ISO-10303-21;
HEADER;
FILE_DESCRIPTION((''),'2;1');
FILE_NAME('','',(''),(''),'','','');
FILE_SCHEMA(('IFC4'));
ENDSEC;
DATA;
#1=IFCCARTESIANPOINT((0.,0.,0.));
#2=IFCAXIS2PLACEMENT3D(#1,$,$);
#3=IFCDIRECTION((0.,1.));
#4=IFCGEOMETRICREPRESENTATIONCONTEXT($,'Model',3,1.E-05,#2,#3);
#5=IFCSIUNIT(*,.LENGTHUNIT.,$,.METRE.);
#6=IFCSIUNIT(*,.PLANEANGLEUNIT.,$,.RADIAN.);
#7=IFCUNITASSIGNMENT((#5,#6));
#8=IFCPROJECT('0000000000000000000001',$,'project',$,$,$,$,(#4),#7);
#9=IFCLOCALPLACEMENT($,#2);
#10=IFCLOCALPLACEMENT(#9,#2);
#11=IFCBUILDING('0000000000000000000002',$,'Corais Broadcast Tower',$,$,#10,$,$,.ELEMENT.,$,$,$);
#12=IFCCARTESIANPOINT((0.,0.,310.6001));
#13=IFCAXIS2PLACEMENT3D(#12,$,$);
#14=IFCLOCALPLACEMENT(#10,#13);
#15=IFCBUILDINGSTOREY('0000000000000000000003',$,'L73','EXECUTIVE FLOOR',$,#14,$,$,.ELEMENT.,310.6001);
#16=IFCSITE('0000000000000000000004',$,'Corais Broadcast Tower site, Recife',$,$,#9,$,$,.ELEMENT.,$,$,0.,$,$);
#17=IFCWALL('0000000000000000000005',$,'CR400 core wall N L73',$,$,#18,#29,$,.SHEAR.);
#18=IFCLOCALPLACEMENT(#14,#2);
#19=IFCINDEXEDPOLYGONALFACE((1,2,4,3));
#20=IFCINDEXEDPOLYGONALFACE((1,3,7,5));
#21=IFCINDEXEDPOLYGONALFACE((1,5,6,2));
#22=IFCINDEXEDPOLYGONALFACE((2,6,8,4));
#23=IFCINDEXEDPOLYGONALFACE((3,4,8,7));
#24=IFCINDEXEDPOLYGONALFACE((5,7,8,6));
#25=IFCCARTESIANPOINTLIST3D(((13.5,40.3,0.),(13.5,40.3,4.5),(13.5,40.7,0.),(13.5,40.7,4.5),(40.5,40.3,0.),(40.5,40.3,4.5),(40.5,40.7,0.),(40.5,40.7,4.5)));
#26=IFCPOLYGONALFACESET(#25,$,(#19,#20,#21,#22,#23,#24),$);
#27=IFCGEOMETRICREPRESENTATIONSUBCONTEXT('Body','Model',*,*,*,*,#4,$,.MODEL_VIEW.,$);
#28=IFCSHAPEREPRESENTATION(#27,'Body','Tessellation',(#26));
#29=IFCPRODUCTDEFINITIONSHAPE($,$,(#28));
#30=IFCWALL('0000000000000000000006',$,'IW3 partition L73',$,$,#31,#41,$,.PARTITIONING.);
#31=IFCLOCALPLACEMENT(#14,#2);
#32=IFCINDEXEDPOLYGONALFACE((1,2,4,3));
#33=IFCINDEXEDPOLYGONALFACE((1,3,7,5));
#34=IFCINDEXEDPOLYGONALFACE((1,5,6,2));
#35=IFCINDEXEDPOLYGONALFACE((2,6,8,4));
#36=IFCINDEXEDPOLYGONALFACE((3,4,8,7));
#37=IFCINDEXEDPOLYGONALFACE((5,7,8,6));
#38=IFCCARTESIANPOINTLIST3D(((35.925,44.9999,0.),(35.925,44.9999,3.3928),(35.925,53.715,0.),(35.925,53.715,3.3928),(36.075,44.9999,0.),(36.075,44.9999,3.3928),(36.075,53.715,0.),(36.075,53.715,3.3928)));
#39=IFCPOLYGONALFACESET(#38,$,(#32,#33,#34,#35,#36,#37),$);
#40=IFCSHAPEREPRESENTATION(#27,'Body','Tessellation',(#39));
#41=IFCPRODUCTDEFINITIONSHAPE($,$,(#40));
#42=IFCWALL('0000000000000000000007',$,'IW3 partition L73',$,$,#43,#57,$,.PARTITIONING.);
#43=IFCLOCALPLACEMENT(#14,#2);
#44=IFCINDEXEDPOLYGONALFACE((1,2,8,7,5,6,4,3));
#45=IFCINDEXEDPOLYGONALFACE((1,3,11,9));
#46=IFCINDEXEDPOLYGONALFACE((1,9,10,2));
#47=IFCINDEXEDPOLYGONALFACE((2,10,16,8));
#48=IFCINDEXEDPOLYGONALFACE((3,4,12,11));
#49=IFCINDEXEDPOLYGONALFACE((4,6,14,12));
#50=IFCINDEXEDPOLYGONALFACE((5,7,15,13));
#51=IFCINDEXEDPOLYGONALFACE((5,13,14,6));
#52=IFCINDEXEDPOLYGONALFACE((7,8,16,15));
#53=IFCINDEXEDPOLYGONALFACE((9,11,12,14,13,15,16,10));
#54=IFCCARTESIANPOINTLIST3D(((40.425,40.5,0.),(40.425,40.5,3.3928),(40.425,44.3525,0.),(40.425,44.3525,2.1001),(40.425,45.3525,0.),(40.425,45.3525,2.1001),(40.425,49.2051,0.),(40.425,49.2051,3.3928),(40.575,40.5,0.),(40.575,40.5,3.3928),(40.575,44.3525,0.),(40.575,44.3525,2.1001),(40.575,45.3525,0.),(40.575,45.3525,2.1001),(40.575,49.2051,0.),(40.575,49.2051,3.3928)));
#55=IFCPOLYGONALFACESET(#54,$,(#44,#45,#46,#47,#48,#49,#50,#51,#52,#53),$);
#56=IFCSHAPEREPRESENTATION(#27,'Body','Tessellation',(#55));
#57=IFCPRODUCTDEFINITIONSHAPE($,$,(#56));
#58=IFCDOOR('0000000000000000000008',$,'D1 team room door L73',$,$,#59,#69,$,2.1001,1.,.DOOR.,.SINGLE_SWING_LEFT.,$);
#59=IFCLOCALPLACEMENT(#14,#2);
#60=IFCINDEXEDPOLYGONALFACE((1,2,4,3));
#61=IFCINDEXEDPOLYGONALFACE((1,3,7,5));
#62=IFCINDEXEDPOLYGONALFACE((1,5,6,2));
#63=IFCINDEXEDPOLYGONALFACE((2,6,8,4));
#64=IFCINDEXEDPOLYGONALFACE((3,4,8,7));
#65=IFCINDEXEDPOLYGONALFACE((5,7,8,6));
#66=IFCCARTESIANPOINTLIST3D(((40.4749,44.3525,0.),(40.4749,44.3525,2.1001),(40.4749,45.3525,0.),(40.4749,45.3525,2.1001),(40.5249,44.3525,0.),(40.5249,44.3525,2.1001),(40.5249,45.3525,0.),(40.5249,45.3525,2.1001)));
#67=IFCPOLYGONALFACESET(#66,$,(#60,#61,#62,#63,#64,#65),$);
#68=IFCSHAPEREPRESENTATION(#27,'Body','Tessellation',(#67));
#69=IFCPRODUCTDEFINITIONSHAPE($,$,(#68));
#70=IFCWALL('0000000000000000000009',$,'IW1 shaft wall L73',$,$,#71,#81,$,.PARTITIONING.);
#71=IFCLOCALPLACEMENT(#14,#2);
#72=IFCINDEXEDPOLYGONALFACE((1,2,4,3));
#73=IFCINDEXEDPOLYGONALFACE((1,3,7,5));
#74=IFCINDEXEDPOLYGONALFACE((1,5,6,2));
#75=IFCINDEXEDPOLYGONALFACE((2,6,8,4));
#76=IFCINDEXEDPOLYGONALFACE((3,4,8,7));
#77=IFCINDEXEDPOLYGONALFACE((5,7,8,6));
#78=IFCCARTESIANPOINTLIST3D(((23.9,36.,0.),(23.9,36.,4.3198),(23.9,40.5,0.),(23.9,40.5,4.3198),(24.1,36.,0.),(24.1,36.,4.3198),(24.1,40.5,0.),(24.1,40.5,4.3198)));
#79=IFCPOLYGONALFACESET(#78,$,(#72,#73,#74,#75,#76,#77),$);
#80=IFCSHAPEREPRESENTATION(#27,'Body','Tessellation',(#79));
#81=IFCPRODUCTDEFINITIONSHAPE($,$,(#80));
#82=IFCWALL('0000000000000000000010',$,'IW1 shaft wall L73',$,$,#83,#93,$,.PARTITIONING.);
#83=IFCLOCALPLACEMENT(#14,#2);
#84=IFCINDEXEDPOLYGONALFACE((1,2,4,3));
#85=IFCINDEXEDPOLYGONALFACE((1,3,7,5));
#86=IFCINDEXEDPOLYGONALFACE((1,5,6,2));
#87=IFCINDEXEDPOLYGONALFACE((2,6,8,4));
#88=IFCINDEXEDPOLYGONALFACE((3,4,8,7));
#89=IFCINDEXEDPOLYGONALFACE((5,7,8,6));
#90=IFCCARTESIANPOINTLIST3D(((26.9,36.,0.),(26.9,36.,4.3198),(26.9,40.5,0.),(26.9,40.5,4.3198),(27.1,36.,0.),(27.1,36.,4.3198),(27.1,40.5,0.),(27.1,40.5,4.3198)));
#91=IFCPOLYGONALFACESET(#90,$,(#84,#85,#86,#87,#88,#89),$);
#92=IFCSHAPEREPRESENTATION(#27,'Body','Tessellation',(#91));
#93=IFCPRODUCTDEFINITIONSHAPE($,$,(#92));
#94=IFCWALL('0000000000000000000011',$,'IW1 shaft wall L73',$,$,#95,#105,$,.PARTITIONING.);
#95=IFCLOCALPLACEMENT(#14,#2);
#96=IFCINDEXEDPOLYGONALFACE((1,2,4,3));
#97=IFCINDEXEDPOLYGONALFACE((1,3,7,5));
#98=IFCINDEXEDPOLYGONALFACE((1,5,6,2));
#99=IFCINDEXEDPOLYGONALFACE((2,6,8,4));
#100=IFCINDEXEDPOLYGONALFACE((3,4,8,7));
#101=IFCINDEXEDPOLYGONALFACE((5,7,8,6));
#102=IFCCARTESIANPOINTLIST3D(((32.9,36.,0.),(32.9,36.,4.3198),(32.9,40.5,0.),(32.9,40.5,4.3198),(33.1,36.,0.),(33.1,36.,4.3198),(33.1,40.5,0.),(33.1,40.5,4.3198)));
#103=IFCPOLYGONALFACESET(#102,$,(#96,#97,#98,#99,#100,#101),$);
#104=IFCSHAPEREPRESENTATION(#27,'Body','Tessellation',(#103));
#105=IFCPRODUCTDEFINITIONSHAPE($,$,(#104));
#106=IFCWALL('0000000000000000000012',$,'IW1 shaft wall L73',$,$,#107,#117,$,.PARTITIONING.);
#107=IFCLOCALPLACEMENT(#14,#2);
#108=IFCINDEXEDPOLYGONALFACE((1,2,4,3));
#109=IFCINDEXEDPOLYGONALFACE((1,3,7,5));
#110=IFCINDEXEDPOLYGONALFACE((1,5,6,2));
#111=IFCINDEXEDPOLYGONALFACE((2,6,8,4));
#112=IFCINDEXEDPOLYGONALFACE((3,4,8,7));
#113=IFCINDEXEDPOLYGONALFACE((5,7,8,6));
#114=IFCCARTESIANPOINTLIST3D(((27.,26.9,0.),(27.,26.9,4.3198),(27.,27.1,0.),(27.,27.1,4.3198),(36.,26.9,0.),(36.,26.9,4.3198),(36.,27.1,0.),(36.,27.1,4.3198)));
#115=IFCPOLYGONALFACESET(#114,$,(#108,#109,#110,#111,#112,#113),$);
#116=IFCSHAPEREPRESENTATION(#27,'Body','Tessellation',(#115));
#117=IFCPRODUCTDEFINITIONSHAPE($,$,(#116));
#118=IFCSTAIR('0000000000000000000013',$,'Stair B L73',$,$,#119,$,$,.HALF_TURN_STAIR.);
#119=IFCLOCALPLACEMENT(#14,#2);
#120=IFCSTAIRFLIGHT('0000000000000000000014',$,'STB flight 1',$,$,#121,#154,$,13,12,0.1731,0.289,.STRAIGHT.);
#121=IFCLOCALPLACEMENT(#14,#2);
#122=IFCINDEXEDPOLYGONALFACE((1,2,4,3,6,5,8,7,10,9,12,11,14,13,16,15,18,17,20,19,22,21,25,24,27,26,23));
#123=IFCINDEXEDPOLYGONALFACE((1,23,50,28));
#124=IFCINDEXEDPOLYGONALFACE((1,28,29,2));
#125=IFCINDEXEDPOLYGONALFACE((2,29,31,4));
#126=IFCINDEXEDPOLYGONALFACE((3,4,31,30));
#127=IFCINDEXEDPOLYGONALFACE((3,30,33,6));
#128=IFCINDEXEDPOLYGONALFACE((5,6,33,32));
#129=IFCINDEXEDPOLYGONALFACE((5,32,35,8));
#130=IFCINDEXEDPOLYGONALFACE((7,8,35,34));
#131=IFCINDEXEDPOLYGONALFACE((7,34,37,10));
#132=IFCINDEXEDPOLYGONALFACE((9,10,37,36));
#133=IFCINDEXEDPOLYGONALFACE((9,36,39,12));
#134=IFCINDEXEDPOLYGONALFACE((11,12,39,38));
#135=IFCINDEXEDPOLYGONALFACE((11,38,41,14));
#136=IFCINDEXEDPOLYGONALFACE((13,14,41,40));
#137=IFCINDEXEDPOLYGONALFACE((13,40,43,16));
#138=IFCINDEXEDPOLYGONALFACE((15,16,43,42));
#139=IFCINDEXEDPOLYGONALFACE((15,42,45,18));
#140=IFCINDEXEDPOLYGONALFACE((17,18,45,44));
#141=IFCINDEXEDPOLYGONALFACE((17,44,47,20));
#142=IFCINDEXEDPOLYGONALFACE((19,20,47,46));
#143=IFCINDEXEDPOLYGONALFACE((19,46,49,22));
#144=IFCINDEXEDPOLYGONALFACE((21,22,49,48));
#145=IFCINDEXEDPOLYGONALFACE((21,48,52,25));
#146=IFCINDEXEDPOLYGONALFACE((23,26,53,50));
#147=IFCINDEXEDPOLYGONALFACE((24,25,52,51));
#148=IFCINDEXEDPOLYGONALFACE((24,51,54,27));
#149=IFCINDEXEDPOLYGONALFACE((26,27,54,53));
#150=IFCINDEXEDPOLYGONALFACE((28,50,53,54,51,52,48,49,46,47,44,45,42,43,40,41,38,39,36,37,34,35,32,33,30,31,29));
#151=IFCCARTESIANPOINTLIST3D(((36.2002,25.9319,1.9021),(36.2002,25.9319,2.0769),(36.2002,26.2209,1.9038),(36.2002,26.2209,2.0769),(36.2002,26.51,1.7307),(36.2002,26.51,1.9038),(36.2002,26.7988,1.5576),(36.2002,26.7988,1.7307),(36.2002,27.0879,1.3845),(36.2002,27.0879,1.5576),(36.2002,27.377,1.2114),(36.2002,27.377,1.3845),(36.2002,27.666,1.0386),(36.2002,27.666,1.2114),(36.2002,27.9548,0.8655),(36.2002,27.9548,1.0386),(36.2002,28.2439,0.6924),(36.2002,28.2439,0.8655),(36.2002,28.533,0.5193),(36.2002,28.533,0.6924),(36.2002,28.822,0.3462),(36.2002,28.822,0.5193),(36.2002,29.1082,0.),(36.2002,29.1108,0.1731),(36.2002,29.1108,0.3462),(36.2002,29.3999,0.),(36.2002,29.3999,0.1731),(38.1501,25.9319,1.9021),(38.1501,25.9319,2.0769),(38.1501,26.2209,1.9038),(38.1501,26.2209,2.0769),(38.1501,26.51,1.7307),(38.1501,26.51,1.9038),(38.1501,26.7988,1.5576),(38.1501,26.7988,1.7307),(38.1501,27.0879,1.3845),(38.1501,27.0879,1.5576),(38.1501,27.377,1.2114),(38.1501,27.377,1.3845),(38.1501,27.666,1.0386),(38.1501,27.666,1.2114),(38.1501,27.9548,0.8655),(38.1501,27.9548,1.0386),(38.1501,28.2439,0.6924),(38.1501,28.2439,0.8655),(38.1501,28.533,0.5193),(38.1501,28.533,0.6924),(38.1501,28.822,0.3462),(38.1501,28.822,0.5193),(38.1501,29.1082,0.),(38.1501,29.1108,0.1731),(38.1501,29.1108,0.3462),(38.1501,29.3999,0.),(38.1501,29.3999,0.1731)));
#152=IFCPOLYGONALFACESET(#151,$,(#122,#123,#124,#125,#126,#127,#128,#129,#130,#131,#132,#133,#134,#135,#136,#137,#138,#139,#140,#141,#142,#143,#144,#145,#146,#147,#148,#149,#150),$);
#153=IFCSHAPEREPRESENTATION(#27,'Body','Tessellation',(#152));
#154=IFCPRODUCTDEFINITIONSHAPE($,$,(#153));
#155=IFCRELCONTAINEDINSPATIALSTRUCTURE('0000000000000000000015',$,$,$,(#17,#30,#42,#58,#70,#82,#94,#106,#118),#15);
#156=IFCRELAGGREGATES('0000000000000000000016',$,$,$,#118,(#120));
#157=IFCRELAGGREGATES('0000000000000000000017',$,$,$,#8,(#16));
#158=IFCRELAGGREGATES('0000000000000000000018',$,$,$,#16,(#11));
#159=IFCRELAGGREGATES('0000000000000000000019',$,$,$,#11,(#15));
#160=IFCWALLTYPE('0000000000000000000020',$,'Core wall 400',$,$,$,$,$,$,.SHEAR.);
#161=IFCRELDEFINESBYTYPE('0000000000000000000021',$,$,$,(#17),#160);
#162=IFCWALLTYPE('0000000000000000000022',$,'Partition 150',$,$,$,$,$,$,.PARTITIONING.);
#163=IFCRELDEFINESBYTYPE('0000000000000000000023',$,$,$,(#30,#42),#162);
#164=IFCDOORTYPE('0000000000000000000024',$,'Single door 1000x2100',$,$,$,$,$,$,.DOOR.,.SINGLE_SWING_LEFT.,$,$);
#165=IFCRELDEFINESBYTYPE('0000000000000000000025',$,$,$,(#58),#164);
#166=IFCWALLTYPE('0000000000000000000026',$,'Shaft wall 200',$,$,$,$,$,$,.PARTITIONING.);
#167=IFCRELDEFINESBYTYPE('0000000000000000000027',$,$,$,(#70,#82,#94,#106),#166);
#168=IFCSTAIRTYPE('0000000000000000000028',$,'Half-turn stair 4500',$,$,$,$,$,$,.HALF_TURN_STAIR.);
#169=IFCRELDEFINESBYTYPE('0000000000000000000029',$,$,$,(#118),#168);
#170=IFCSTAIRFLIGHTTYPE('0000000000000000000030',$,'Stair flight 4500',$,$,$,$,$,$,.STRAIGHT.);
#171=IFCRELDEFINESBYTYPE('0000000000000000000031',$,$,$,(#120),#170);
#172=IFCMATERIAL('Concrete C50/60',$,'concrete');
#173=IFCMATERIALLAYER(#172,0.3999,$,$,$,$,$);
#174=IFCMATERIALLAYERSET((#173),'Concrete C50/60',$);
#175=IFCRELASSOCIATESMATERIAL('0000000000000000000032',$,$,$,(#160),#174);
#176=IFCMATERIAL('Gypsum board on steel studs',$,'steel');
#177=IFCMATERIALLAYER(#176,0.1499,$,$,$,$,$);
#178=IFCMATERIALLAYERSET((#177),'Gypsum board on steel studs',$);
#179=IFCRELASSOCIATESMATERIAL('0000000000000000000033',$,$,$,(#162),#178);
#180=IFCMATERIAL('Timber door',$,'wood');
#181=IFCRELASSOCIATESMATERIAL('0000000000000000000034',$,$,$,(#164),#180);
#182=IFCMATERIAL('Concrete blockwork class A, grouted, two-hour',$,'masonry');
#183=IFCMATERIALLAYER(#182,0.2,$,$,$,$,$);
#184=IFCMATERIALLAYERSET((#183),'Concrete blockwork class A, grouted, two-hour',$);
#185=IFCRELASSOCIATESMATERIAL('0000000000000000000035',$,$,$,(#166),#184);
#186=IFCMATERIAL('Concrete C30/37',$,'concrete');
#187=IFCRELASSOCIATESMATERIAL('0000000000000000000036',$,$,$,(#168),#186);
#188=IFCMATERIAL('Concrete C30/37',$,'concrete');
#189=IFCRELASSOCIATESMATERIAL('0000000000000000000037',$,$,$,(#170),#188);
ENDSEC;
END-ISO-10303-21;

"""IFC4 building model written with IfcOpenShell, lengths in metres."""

from ifc_helpers import new_model, si_unit, direction, frame, frame_2d, origin, place, context, subcontext, project, spatial, polyline, rectangle, outline, extrude, material, layer, layer_set, type_object, element, fill, aggregate, save


model = new_model("IFC4")

# Units and contexts
model_context = context("Model", 3, precision=1e-05, world=origin(), true_north=direction((0.0, 1.0)))
body_context = subcontext(model_context, "Body", "Model", "MODEL_VIEW")
ifc_project = project(units=[si_unit("LENGTHUNIT", "METRE"), si_unit("PLANEANGLEUNIT", "RADIAN")], contexts=[model_context])

# Site, building, storey
site_placement = place(None, origin())
site = spatial("IfcSite", under=ifc_project, at=site_placement, Name="Corais Broadcast Tower site, Recife", CompositionType="ELEMENT", RefElevation=0.0)
building_placement = place(site_placement, origin())
building = spatial("IfcBuilding", under=site, at=building_placement, Name="Corais Broadcast Tower", CompositionType="ELEMENT")
storey_placement = place(building_placement, frame((0.0, 0.0, 310.6001)))
storey = spatial("IfcBuildingStorey", under=building, at=storey_placement, Name="L73", Description="EXECUTIVE FLOOR", CompositionType="ELEMENT", Elevation=310.6001)

# Walls
ifc_material_1 = material(Name="Concrete C50/60", Category="concrete")
ifc_layer_1 = layer(ifc_material_1, 0.3999)
ifc_layer_set_1 = layer_set([ifc_layer_1], Name="Concrete C50/60")
wall_type_1 = type_object("IfcWallType", Name="Core wall 400", PredefinedType="SHEAR", material=ifc_layer_set_1)
wall_1_placement = place(storey_placement, frame((40.5, 40.5, 0.0), z_axis=(0.0, 0.0, 1.0), x_axis=(-1.0, 0.0, 0.0)))
element("IfcWall", 1, at=wall_1_placement, inside=storey, type_object=wall_type_1, Name="CR400 core wall N L73", PredefinedType="SHEAR", context=body_context, shape_type="SweptSolid", body=[
    extrude(rectangle(XDim=27.0, YDim=0.3999, at=frame_2d((13.5, 0.0))), origin(), (0.0, 0.0, 1.0), 4.5),
])
ifc_material_2 = material(Name="Gypsum board on steel studs", Category="steel")
ifc_layer_2 = layer(ifc_material_2, 0.1499)
ifc_layer_set_2 = layer_set([ifc_layer_2], Name="Gypsum board on steel studs")
wall_type_2 = type_object("IfcWallType", Name="Partition 150", PredefinedType="PARTITIONING", material=ifc_layer_set_2)
wall_2_placement = place(storey_placement, frame((36.0, 45.0, 0.0), z_axis=(0.0, 0.0, 1.0), x_axis=(0.0, 1.0, 0.0)))
element("IfcWall", 2, at=wall_2_placement, inside=storey, type_object=wall_type_2, Name="IW3 partition L73", PredefinedType="PARTITIONING", context=body_context, shape_type="SweptSolid", body=[
    extrude(rectangle(XDim=8.7151, YDim=0.1499, at=frame_2d((4.3574, 0.0))), origin(), (0.0, 0.0, 1.0), 3.3928),
])

# Wall, opening, door
wall_3_placement = place(storey_placement, frame((40.5, 49.2051, 0.0), z_axis=(0.0, 0.0, 1.0), x_axis=(0.0, -1.0, 0.0)))
wall_3 = element("IfcWall", 3, at=wall_3_placement, inside=storey, type_object=wall_type_2, Name="IW3 partition L73", PredefinedType="PARTITIONING", context=body_context, shape_type="SweptSolid", body=[
    extrude(rectangle(XDim=8.7051, YDim=0.1499, at=frame_2d((4.3525, 0.0))), origin(), (0.0, 0.0, 1.0), 3.3928),
])
opening_placement = place(wall_3_placement, frame((3.8525, 0.0, 0.0)))
opening = element("IfcOpeningElement", 4, at=opening_placement, cuts=wall_3, PredefinedType="OPENING", context=body_context, shape_type="SweptSolid", body=[
    extrude(rectangle(XDim=1.0, YDim=2.1001, at=frame_2d((0.5, 1.05))), frame((0.0, 0.085, 0.0), z_axis=(0.0, -1.0, 0.0), x_axis=(1.0, 0.0, 0.0)), (0.0, 0.0, 1.0), 0.1699),
])
ifc_material_3 = material(Name="Timber door", Category="wood")
door_type = type_object("IfcDoorType", Name="Single door 1000x2100", OperationType="SINGLE_SWING_LEFT", PredefinedType="DOOR", material=ifc_material_3)
door_placement = place(opening_placement, origin())
door = element("IfcDoor", 5, at=door_placement, inside=storey, type_object=door_type, Name="D1 team room door L73", OperationType="SINGLE_SWING_LEFT", OverallHeight=2.1001, OverallWidth=1.0, PredefinedType="DOOR", context=body_context, shape_type="SweptSolid", body=[
    extrude(rectangle(XDim=1.0, YDim=2.1001, at=frame_2d((0.5, 1.05))), frame((0.0, 0.0249, 0.0), z_axis=(0.0, -1.0, 0.0), x_axis=(1.0, 0.0, 0.0)), (0.0, 0.0, 1.0), 0.05),
])
fill(opening, door)

# Walls
ifc_material_4 = material(Name="Concrete blockwork class A, grouted, two-hour", Category="masonry")
ifc_layer_3 = layer(ifc_material_4, 0.2)
ifc_layer_set_3 = layer_set([ifc_layer_3], Name="Concrete blockwork class A, grouted, two-hour")
wall_type_3 = type_object("IfcWallType", Name="Shaft wall 200", PredefinedType="PARTITIONING", material=ifc_layer_set_3)
for number, where, z_axis, x_axis, name in (
    (6, (24.0, 36.0, 0.0), (0.0, 0.0, 1.0), (0.0, 1.0, 0.0), "IW1 shaft wall L73"),
    (7, (27.0, 36.0, 0.0), (0.0, 0.0, 1.0), (0.0, 1.0, 0.0), "IW1 shaft wall L73"),
    (8, (33.0, 36.0, 0.0), (0.0, 0.0, 1.0), (0.0, 1.0, 0.0), "IW1 shaft wall L73"),
):
    element("IfcWall", number, at=place(storey_placement, frame(where, z_axis=z_axis, x_axis=x_axis)), inside=storey, type_object=wall_type_3, Name=name, PredefinedType="PARTITIONING", context=body_context, shape_type="SweptSolid", body=[
        extrude(rectangle(XDim=4.5, YDim=0.2, at=frame_2d((2.25, 0.0))), origin(), (0.0, 0.0, 1.0), 4.3198),
    ])
wall_4_placement = place(storey_placement, frame((27.0, 27.0, 0.0), z_axis=(0.0, 0.0, 1.0), x_axis=(1.0, 0.0, 0.0)))
element("IfcWall", 9, at=wall_4_placement, inside=storey, type_object=wall_type_3, Name="IW1 shaft wall L73", PredefinedType="PARTITIONING", context=body_context, shape_type="SweptSolid", body=[
    extrude(rectangle(XDim=9.0, YDim=0.2, at=frame_2d((4.5, 0.0))), origin(), (0.0, 0.0, 1.0), 4.3198),
])

# Stair, stair flight
ifc_material_5 = material(Name="Concrete C30/37", Category="concrete")
stair_type = type_object("IfcStairType", Name="Half-turn stair 4500", PredefinedType="HALF_TURN_STAIR", material=ifc_material_5)
stair_placement = place(storey_placement, origin())
stair = element("IfcStair", 10, at=stair_placement, inside=storey, type_object=stair_type, Name="Stair B L73", PredefinedType="HALF_TURN_STAIR")
ifc_material_6 = material(Name="Concrete C30/37", Category="concrete")
stair_flight_type = type_object("IfcStairFlightType", Name="Stair flight 4500", PredefinedType="STRAIGHT", material=ifc_material_6)
stair_flight_placement = place(storey_placement, frame((37.175, 29.3999, 0.0), z_axis=(0.0, 0.0, 1.0), x_axis=(0.0, -1.0, 0.0)))
stair_flight = element("IfcStairFlight", 11, at=stair_flight_placement, type_object=stair_flight_type, Name="STB flight 1", NumberOfRisers=13, NumberOfTreads=12, PredefinedType="STRAIGHT", RiserHeight=0.1731, TreadLength=0.289, context=body_context, shape_type="SweptSolid", body=[
    extrude(outline(polyline([(0.0, 0.0), (0.0, 0.1731), (0.2891, 0.1731), (0.2891, 0.3462), (0.5779, 0.3462), (0.5779, 0.5193), (0.8669, 0.5193), (0.8669, 0.6924), (1.156, 0.6924), (1.156, 0.8655), (1.4451, 0.8655), (1.4451, 1.0386), (1.7339, 1.0386), (1.7339, 1.2114), (2.0229, 1.2114), (2.0229, 1.3845), (2.312, 1.3845), (2.312, 1.5576), (2.6011, 1.5576), (2.6011, 1.7307), (2.8899, 1.7307), (2.8899, 1.9038), (3.179, 1.9038), (3.179, 2.0769), (3.468, 2.0769), (3.468, 2.25), (3.468, 1.9021), (0.2917, 0.0), (0.0, 0.0)])), frame((0.0, 0.9751, 0.0), z_axis=(0.0, -1.0, 0.0), x_axis=(1.0, 0.0, 0.0)), (0.0, 0.0, 1.0), 1.95),
])
aggregate(stair, [stair_flight])

save(model, "model.ifc")
